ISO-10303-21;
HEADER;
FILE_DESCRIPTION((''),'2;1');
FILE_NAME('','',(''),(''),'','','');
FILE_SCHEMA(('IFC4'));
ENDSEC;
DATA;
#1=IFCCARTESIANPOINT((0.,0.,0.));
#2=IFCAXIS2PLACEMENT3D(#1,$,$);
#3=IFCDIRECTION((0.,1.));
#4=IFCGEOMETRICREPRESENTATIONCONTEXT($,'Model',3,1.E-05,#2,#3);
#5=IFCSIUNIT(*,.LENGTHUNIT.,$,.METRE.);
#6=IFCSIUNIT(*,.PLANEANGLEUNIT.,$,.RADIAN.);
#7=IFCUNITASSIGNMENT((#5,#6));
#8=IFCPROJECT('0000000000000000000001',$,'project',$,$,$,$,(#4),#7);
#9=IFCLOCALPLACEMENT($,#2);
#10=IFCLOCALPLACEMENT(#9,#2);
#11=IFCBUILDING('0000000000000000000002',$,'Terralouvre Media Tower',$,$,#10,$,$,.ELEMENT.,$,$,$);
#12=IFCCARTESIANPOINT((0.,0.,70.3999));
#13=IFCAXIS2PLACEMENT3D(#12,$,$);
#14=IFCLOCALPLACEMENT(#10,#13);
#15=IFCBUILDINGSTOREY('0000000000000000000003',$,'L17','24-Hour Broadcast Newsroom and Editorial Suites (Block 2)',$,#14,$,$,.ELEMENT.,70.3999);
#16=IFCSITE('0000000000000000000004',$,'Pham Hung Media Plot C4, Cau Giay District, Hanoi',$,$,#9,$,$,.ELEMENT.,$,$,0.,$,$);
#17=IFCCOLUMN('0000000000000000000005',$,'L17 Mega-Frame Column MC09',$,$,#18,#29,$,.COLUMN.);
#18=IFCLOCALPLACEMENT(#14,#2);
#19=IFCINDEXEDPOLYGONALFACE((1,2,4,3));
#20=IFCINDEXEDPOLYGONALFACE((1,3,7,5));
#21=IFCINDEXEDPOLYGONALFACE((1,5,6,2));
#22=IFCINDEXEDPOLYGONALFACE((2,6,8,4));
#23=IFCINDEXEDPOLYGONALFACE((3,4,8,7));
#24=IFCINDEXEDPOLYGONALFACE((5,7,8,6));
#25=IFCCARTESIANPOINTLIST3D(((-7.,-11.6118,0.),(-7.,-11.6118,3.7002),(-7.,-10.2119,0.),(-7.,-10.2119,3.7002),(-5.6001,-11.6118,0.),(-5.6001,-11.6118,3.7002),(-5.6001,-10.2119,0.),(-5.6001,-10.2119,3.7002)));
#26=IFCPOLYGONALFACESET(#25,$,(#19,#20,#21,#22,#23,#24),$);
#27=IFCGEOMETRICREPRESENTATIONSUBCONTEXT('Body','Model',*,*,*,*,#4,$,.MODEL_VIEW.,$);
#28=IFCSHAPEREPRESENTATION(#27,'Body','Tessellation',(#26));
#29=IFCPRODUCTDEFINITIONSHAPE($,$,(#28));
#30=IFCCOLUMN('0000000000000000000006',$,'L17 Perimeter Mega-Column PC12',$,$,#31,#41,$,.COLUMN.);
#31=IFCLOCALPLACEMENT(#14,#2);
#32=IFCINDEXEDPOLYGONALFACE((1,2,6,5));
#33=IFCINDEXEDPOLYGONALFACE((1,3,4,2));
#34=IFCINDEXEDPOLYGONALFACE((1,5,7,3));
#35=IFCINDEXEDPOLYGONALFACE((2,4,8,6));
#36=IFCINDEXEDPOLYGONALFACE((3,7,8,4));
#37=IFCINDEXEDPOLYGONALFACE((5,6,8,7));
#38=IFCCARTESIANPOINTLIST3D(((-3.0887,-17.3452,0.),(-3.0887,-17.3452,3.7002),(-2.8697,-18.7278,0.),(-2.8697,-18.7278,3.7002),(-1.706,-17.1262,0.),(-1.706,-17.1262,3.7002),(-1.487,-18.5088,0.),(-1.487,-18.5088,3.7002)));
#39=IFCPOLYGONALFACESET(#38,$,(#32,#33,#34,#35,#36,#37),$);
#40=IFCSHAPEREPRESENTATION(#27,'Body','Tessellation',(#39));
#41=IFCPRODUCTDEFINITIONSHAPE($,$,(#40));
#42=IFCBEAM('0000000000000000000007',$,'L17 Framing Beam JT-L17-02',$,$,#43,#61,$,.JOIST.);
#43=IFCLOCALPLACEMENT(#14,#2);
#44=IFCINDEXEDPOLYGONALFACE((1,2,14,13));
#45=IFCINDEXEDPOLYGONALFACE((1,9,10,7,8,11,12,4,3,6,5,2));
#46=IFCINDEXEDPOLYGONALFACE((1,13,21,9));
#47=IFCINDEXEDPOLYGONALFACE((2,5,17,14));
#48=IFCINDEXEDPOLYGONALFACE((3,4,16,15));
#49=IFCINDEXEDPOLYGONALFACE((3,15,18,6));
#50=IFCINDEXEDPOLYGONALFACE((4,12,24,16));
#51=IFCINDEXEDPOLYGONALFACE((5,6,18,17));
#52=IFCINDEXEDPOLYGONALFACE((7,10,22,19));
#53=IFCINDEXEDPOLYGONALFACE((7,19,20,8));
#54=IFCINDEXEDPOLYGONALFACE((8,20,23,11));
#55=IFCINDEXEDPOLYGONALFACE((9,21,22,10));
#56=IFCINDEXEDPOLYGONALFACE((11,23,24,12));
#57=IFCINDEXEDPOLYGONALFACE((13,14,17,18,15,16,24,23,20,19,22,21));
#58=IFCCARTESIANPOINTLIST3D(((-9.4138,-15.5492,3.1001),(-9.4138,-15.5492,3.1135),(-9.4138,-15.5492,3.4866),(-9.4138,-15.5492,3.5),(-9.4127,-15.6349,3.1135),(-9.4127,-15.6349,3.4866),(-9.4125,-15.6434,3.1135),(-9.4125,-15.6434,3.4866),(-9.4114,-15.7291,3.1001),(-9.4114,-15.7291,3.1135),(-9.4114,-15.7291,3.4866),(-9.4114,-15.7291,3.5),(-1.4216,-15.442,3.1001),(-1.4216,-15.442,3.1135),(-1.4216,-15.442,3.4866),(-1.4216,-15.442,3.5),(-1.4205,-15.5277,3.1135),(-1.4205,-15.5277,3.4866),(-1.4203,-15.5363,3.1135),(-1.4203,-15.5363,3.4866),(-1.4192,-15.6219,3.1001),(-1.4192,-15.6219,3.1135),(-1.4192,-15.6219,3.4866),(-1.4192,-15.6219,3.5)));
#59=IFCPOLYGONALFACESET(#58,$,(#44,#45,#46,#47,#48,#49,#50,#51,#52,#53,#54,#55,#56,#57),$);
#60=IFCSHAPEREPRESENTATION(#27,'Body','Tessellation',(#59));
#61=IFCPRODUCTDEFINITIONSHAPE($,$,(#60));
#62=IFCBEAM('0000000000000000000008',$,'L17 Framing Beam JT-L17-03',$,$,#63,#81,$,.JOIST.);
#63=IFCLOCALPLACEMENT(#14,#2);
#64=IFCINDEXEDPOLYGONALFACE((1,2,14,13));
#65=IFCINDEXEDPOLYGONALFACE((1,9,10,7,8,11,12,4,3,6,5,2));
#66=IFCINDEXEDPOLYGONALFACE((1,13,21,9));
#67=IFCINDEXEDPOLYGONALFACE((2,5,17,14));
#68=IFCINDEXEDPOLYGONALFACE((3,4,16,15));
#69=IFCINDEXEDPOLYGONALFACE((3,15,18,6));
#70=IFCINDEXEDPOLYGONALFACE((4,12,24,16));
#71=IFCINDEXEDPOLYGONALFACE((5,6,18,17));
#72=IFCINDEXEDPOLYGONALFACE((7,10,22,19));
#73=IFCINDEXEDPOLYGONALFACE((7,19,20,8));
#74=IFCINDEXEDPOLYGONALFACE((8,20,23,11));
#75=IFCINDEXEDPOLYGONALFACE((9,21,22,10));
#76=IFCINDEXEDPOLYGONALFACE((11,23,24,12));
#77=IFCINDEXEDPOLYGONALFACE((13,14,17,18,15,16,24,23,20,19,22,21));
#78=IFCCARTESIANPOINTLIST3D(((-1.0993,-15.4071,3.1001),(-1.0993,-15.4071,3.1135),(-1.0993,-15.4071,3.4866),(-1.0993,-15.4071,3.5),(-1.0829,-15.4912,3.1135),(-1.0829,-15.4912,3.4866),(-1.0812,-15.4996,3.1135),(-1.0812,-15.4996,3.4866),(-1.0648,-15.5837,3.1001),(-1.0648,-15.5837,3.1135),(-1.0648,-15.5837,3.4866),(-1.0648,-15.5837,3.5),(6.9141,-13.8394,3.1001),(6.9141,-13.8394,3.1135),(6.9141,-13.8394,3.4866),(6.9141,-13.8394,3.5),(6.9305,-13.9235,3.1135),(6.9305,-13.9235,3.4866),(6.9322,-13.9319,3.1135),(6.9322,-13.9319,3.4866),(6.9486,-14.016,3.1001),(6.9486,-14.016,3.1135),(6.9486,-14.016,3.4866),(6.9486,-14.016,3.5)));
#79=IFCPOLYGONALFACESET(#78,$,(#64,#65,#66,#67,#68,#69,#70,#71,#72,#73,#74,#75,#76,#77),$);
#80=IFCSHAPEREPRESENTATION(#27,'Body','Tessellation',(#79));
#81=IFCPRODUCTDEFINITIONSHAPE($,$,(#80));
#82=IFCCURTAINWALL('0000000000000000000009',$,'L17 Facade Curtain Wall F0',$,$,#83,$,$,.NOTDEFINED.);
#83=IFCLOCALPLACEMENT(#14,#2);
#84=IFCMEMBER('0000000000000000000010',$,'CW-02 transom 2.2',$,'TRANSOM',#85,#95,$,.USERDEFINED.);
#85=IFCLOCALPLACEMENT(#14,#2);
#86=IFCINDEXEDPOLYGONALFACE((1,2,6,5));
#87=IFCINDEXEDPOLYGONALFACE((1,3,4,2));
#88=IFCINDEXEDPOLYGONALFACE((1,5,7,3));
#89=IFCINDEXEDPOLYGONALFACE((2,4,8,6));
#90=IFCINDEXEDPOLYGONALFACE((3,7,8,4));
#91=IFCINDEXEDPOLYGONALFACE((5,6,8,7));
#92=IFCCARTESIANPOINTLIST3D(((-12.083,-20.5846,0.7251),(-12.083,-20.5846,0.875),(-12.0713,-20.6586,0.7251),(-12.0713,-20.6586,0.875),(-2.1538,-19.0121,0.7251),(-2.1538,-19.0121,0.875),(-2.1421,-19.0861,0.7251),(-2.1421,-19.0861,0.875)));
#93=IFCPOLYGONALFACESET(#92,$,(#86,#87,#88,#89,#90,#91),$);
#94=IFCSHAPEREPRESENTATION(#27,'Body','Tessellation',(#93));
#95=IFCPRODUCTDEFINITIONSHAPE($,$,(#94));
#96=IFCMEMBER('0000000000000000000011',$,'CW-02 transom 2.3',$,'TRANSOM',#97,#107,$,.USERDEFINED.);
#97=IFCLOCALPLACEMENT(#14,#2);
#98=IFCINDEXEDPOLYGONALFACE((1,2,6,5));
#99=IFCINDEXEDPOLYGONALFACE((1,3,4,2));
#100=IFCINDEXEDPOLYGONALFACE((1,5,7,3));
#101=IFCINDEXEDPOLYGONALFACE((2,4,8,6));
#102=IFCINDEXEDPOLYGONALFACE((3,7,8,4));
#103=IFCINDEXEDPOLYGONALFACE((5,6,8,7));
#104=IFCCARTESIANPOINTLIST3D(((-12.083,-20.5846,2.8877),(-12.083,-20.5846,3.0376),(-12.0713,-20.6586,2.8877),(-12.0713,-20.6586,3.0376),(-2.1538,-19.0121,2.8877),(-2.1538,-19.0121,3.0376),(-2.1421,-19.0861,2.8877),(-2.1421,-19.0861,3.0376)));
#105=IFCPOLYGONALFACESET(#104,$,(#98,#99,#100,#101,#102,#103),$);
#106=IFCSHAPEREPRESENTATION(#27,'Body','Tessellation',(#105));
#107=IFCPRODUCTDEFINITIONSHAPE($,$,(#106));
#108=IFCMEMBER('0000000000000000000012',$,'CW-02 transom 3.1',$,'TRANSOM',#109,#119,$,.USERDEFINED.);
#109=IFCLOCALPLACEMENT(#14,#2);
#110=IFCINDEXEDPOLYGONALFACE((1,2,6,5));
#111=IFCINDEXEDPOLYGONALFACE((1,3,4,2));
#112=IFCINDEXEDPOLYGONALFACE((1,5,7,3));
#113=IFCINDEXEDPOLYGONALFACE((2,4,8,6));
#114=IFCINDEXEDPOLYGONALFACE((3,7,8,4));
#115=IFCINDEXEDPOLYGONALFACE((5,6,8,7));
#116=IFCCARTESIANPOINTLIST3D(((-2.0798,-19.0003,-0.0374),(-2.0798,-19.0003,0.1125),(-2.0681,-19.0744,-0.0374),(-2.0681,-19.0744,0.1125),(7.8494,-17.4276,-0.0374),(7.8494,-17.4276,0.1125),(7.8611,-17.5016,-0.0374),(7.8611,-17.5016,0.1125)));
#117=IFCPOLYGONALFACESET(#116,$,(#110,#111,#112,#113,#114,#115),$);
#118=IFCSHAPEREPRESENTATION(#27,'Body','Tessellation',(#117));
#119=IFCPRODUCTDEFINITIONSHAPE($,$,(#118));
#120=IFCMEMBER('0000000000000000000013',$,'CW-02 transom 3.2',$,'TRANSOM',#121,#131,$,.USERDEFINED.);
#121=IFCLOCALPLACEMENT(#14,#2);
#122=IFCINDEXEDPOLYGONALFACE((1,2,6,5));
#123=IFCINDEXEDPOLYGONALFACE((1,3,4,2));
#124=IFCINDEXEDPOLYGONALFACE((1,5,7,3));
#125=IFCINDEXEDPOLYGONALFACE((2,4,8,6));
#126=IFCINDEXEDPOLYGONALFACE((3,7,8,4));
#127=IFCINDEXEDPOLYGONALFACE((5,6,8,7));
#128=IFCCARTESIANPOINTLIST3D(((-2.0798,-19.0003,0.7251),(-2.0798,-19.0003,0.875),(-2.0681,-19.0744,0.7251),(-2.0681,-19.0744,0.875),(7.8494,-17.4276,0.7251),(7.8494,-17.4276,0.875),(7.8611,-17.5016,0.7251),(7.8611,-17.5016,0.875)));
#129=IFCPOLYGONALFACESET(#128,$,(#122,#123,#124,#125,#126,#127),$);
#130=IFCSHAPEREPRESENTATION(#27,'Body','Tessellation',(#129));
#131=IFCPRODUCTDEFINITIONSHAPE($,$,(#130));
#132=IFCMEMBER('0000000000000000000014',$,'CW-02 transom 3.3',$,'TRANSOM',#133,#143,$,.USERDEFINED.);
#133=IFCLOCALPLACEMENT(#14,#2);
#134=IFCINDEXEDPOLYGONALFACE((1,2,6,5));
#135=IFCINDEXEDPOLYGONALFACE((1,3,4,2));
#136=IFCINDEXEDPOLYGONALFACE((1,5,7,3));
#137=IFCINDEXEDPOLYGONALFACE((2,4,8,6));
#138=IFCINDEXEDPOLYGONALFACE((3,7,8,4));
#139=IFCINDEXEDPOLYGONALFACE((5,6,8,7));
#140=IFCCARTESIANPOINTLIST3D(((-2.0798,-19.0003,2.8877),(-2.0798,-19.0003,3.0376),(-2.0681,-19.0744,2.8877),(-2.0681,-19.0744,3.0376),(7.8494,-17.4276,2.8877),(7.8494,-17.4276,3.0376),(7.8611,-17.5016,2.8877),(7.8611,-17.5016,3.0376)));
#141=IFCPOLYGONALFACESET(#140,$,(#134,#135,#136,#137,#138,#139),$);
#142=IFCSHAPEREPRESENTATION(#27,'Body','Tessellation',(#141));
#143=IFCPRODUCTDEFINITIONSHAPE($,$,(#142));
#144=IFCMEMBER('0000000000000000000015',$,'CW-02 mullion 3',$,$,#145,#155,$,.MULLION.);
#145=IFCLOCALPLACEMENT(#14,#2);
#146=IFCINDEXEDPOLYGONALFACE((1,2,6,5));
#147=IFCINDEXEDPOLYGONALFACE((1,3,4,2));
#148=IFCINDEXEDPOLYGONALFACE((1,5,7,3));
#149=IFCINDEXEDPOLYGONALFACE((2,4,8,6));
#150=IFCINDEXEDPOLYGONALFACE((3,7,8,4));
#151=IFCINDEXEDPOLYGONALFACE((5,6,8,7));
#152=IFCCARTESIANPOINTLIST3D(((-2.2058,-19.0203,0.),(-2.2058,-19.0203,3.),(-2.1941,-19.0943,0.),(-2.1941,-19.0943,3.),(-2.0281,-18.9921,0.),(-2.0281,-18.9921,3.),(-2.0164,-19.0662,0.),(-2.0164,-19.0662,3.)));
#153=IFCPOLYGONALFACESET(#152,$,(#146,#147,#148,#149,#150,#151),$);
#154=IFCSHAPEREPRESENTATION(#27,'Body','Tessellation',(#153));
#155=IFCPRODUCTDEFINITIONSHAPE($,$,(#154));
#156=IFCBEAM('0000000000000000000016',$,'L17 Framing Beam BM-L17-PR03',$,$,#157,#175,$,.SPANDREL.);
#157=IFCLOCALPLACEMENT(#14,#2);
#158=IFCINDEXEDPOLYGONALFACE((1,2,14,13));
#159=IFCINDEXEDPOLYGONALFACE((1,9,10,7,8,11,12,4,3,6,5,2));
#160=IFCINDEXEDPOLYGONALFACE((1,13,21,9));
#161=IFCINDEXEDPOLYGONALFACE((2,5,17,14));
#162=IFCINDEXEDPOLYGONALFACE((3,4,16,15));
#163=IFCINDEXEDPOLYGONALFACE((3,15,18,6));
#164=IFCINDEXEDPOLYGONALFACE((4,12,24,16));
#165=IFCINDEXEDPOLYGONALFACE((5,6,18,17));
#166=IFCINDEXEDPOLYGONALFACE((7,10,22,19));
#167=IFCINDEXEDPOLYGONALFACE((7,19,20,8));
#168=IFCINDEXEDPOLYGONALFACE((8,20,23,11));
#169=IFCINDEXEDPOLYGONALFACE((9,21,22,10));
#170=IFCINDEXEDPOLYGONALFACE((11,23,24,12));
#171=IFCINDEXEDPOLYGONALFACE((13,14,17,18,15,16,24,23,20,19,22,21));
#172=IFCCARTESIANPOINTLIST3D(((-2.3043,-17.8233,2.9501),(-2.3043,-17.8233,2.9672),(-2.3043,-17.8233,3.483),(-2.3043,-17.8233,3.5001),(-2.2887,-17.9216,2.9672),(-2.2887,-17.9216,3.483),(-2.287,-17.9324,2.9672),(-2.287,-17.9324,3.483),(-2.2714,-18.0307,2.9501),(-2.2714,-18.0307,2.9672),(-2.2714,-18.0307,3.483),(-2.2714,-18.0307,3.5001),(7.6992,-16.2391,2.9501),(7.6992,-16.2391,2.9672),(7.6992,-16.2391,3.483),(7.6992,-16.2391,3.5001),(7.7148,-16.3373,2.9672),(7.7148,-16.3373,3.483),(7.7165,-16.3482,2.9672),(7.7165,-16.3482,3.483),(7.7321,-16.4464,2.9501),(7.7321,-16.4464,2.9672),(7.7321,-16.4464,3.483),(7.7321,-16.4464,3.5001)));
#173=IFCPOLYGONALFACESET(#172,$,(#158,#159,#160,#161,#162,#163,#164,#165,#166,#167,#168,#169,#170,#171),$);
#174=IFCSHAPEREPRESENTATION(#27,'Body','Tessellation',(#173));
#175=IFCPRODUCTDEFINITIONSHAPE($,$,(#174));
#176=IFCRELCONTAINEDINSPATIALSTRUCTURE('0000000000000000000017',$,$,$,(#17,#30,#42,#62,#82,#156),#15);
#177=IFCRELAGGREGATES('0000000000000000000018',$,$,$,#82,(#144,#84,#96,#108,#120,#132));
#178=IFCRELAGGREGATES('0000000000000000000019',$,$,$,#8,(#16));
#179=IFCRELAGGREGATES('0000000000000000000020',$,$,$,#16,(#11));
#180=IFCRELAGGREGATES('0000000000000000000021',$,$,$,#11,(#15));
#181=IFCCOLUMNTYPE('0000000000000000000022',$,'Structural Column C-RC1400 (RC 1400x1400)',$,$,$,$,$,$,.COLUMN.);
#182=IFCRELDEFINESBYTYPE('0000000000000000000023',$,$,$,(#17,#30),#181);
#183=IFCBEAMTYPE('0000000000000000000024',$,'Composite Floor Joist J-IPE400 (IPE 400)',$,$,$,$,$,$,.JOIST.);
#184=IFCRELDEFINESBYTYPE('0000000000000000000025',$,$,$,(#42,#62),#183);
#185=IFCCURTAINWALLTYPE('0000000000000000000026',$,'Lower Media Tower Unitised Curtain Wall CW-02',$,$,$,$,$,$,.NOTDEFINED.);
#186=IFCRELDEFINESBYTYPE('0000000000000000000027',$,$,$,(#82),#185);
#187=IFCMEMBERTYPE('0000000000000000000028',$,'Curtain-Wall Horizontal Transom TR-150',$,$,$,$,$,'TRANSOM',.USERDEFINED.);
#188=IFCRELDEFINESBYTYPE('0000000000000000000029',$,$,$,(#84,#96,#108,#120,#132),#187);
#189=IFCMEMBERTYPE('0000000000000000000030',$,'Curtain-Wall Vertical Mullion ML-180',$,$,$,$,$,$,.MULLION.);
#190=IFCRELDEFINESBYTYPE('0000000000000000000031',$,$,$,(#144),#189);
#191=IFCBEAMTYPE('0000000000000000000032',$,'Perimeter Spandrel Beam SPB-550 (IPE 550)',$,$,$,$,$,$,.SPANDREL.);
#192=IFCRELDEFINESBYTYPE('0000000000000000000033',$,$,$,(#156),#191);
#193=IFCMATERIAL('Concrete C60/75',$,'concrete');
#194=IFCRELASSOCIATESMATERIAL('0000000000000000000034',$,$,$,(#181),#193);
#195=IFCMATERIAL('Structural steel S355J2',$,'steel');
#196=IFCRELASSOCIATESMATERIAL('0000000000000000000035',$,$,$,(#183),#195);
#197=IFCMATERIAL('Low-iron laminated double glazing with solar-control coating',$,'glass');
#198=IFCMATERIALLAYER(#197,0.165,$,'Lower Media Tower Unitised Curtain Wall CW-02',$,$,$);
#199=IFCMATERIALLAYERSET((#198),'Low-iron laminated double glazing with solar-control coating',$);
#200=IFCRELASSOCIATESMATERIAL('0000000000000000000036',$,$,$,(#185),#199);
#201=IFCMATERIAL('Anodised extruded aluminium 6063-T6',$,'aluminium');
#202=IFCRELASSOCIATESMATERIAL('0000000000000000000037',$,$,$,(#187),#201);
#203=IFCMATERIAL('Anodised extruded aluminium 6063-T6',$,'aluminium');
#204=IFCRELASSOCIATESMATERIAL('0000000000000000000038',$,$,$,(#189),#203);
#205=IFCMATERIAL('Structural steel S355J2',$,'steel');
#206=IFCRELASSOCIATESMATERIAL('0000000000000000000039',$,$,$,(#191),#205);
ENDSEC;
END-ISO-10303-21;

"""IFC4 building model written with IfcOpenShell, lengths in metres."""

from ifc_helpers import new_model, si_unit, direction, frame, origin, origin_2d, place, context, subcontext, project, spatial, rectangle, i_section, extrude, material, layer, layer_set, material_profile, profile_set, type_object, element, aggregate, save


model = new_model("IFC4")

# Units and contexts
model_context = context("Model", 3, precision=1e-05, world=origin(), true_north=direction((0.0, 1.0)))
body_context = subcontext(model_context, "Body", "Model", "MODEL_VIEW")
ifc_project = project(units=[si_unit("LENGTHUNIT", "METRE"), si_unit("PLANEANGLEUNIT", "RADIAN")], contexts=[model_context])

# Site, building, storey
site_placement = place(None, origin())
site = spatial("IfcSite", under=ifc_project, at=site_placement, Name="Pham Hung Media Plot C4, Cau Giay District, Hanoi", CompositionType="ELEMENT", RefElevation=0.0)
building_placement = place(site_placement, origin())
building = spatial("IfcBuilding", under=site, at=building_placement, Name="Terralouvre Media Tower", CompositionType="ELEMENT")
storey_placement = place(building_placement, frame((0.0, 0.0, 70.3999)))
storey = spatial("IfcBuildingStorey", under=building, at=storey_placement, Name="L17", Description="24-Hour Broadcast Newsroom and Editorial Suites (Block 2)", CompositionType="ELEMENT", Elevation=70.3999)

# Columns
ifc_material_1 = material(Name="Concrete C60/75", Category="concrete")
ifc_material_profile_1 = material_profile(ifc_material_1, rectangle(XDim=1.3999, YDim=1.3999, at=origin_2d()), Name="RC 1400x1400")
ifc_profile_set_1 = profile_set([ifc_material_profile_1], Name="Concrete C60/75")
column_type = type_object("IfcColumnType", Name="Structural Column C-RC1400 (RC 1400x1400)", PredefinedType="COLUMN", material=ifc_profile_set_1)
for number, where, z_axis, x_axis, name in (
    (1, (-6.3, -10.9119, 0.0), (0.0, 0.0, 1.0), (1.0, 0.0, 0.0), "L17 Mega-Frame Column MC09"),
    (2, (-2.2878, -17.927, 0.0), (0.0, 0.0, 1.0), (0.987688, 0.156434, 0.0), "L17 Perimeter Mega-Column PC12"),
):
    element("IfcColumn", number, at=place(storey_placement, frame(where, z_axis=z_axis, x_axis=x_axis)), inside=storey, type_object=column_type, Name=name, PredefinedType="COLUMN", context=body_context, shape_type="SweptSolid", body=[
        extrude(rectangle(XDim=1.3999, YDim=1.3999, at=origin_2d()), origin(), (0.0, 0.0, 1.0), 3.7002),
    ])

# Beams
ifc_material_2 = material(Name="Structural steel S355J2", Category="steel")
ifc_material_profile_2 = material_profile(ifc_material_2, i_section(OverallWidth=0.1799, OverallDepth=0.3999, WebThickness=0.0085, FlangeThickness=0.0134, at=origin_2d()), Name="IPE 400")
ifc_profile_set_2 = profile_set([ifc_material_profile_2], Name="Structural steel S355J2")
beam_type_1 = type_object("IfcBeamType", Name="Composite Floor Joist J-IPE400 (IPE 400)", PredefinedType="JOIST", material=ifc_profile_set_2)
beam_1_placement = place(storey_placement, frame((-9.4126, -15.6392, 3.3), z_axis=(0.99991, 0.013409, 0.0), x_axis=(-0.013409, 0.99991, 0.0)))
element("IfcBeam", 3, at=beam_1_placement, inside=storey, type_object=beam_type_1, Name="L17 Framing Beam JT-L17-02", PredefinedType="JOIST", context=body_context, shape_type="SweptSolid", body=[
    extrude(i_section(OverallWidth=0.1799, OverallDepth=0.3999, WebThickness=0.0085, FlangeThickness=0.0134, at=origin_2d()), origin(), (0.0, 0.0, 1.0), 7.9929),
])
beam_2_placement = place(storey_placement, frame((-1.082, -15.4954, 3.3), z_axis=(0.981398, 0.191986, 0.0), x_axis=(-0.191986, 0.981398, 0.0)))
element("IfcBeam", 4, at=beam_2_placement, inside=storey, type_object=beam_type_1, Name="L17 Framing Beam JT-L17-03", PredefinedType="JOIST", context=body_context, shape_type="SweptSolid", body=[
    extrude(i_section(OverallWidth=0.1799, OverallDepth=0.3999, WebThickness=0.0085, FlangeThickness=0.0134, at=origin_2d()), origin(), (0.0, 0.0, 1.0), 8.1653),
])

# Curtain wall, members
ifc_material_3 = material(Name="Low-iron laminated double glazing with solar-control coating", Category="glass")
ifc_layer_1 = layer(ifc_material_3, 0.165, Name="Lower Media Tower Unitised Curtain Wall CW-02")
ifc_layer_set_1 = layer_set([ifc_layer_1], Name="Low-iron laminated double glazing with solar-control coating")
curtain_wall_type = type_object("IfcCurtainWallType", Name="Lower Media Tower Unitised Curtain Wall CW-02", PredefinedType="NOTDEFINED", material=ifc_layer_set_1)
curtain_wall_placement = place(storey_placement, origin())
curtain_wall = element("IfcCurtainWall", 5, at=curtain_wall_placement, inside=storey, type_object=curtain_wall_type, Name="L17 Facade Curtain Wall F0", PredefinedType="NOTDEFINED")
ifc_material_4 = material(Name="Anodised extruded aluminium 6063-T6", Category="aluminium")
ifc_material_profile_3 = material_profile(ifc_material_4, rectangle(XDim=0.075, YDim=0.1499, at=origin_2d()), Name="ALU 75x150")
ifc_profile_set_3 = profile_set([ifc_material_profile_3], Name="Anodised extruded aluminium 6063-T6")
member_type_1 = type_object("IfcMemberType", Name="Curtain-Wall Horizontal Transom TR-150", ElementType="TRANSOM", PredefinedType="USERDEFINED", material=ifc_profile_set_3)
member_1_placement = place(storey_placement, frame((-12.0771, -20.6216, 0.8), z_axis=(0.98769, 0.156423, 0.0), x_axis=(-0.156423, 0.98769, 0.0)))
member_1 = element("IfcMember", 6, at=member_1_placement, type_object=member_type_1, Name="CW-02 transom 2.2", ObjectType="TRANSOM", PredefinedType="USERDEFINED", context=body_context, shape_type="SweptSolid", body=[
    extrude(rectangle(XDim=0.075, YDim=0.1499, at=origin_2d()), origin(), (0.0, 0.0, 1.0), 10.053),
])
member_2_placement = place(storey_placement, frame((-12.0771, -20.6216, 2.9626), z_axis=(0.98769, 0.156423, 0.0), x_axis=(-0.156423, 0.98769, 0.0)))
member_2 = element("IfcMember", 7, at=member_2_placement, type_object=member_type_1, Name="CW-02 transom 2.3", ObjectType="TRANSOM", PredefinedType="USERDEFINED", context=body_context, shape_type="SweptSolid", body=[
    extrude(rectangle(XDim=0.075, YDim=0.1499, at=origin_2d()), origin(), (0.0, 0.0, 1.0), 10.053),
])
member_3_placement = place(storey_placement, frame((-2.074, -19.0374, 0.0376), z_axis=(0.987686, 0.156446, 0.0), x_axis=(-0.156446, 0.987686, 0.0)))
member_3 = element("IfcMember", 8, at=member_3_placement, type_object=member_type_1, Name="CW-02 transom 3.1", ObjectType="TRANSOM", PredefinedType="USERDEFINED", context=body_context, shape_type="SweptSolid", body=[
    extrude(rectangle(XDim=0.075, YDim=0.1499, at=origin_2d()), origin(), (0.0, 0.0, 1.0), 10.053),
])
member_4_placement = place(storey_placement, frame((-2.074, -19.0374, 0.8), z_axis=(0.987686, 0.156446, 0.0), x_axis=(-0.156446, 0.987686, 0.0)))
member_4 = element("IfcMember", 9, at=member_4_placement, type_object=member_type_1, Name="CW-02 transom 3.2", ObjectType="TRANSOM", PredefinedType="USERDEFINED", context=body_context, shape_type="SweptSolid", body=[
    extrude(rectangle(XDim=0.075, YDim=0.1499, at=origin_2d()), origin(), (0.0, 0.0, 1.0), 10.053),
])
member_5_placement = place(storey_placement, frame((-2.074, -19.0374, 2.9626), z_axis=(0.987686, 0.156446, 0.0), x_axis=(-0.156446, 0.987686, 0.0)))
member_5 = element("IfcMember", 10, at=member_5_placement, type_object=member_type_1, Name="CW-02 transom 3.3", ObjectType="TRANSOM", PredefinedType="USERDEFINED", context=body_context, shape_type="SweptSolid", body=[
    extrude(rectangle(XDim=0.075, YDim=0.1499, at=origin_2d()), origin(), (0.0, 0.0, 1.0), 10.053),
])
ifc_material_5 = material(Name="Anodised extruded aluminium 6063-T6", Category="aluminium")
ifc_material_profile_4 = material_profile(ifc_material_5, rectangle(XDim=0.075, YDim=0.1799, at=origin_2d()), Name="ALU 75x180")
ifc_profile_set_4 = profile_set([ifc_material_profile_4], Name="Anodised extruded aluminium 6063-T6")
member_type_2 = type_object("IfcMemberType", Name="Curtain-Wall Vertical Mullion ML-180", PredefinedType="MULLION", material=ifc_profile_set_4)
member_6_placement = place(storey_placement, frame((-2.1111, -19.0432, 0.0), z_axis=(0.0, 0.0, 1.0), x_axis=(-0.156434, 0.987688, 0.0)))
member_6 = element("IfcMember", 11, at=member_6_placement, type_object=member_type_2, Name="CW-02 mullion 3", PredefinedType="MULLION", context=body_context, shape_type="SweptSolid", body=[
    extrude(rectangle(XDim=0.075, YDim=0.1799, at=origin_2d()), origin(), (0.0, 0.0, 1.0), 3.0),
])

# Beam
ifc_material_6 = material(Name="Structural steel S355J2", Category="steel")
ifc_material_profile_5 = material_profile(ifc_material_6, i_section(OverallWidth=0.21, OverallDepth=0.55, WebThickness=0.011, FlangeThickness=0.0171, at=origin_2d()), Name="IPE 550")
ifc_profile_set_5 = profile_set([ifc_material_profile_5], Name="Structural steel S355J2")
beam_type_2 = type_object("IfcBeamType", Name="Perimeter Spandrel Beam SPB-550 (IPE 550)", PredefinedType="SPANDREL", material=ifc_profile_set_5)
beam_3_placement = place(storey_placement, frame((-2.2878, -17.927, 3.2251), z_axis=(0.987691, 0.156419, 0.0), x_axis=(-0.156419, 0.987691, 0.0)))
element("IfcBeam", 12, at=beam_3_placement, inside=storey, type_object=beam_type_2, Name="L17 Framing Beam BM-L17-PR03", PredefinedType="SPANDREL", context=body_context, shape_type="SweptSolid", body=[
    extrude(i_section(OverallWidth=0.21, OverallDepth=0.55, WebThickness=0.011, FlangeThickness=0.0171, at=origin_2d()), origin(), (0.0, 0.0, 1.0), 10.1282),
])

aggregate(curtain_wall, [member_6, member_1, member_2, member_3, member_4, member_5])

save(model, "model.ifc")
